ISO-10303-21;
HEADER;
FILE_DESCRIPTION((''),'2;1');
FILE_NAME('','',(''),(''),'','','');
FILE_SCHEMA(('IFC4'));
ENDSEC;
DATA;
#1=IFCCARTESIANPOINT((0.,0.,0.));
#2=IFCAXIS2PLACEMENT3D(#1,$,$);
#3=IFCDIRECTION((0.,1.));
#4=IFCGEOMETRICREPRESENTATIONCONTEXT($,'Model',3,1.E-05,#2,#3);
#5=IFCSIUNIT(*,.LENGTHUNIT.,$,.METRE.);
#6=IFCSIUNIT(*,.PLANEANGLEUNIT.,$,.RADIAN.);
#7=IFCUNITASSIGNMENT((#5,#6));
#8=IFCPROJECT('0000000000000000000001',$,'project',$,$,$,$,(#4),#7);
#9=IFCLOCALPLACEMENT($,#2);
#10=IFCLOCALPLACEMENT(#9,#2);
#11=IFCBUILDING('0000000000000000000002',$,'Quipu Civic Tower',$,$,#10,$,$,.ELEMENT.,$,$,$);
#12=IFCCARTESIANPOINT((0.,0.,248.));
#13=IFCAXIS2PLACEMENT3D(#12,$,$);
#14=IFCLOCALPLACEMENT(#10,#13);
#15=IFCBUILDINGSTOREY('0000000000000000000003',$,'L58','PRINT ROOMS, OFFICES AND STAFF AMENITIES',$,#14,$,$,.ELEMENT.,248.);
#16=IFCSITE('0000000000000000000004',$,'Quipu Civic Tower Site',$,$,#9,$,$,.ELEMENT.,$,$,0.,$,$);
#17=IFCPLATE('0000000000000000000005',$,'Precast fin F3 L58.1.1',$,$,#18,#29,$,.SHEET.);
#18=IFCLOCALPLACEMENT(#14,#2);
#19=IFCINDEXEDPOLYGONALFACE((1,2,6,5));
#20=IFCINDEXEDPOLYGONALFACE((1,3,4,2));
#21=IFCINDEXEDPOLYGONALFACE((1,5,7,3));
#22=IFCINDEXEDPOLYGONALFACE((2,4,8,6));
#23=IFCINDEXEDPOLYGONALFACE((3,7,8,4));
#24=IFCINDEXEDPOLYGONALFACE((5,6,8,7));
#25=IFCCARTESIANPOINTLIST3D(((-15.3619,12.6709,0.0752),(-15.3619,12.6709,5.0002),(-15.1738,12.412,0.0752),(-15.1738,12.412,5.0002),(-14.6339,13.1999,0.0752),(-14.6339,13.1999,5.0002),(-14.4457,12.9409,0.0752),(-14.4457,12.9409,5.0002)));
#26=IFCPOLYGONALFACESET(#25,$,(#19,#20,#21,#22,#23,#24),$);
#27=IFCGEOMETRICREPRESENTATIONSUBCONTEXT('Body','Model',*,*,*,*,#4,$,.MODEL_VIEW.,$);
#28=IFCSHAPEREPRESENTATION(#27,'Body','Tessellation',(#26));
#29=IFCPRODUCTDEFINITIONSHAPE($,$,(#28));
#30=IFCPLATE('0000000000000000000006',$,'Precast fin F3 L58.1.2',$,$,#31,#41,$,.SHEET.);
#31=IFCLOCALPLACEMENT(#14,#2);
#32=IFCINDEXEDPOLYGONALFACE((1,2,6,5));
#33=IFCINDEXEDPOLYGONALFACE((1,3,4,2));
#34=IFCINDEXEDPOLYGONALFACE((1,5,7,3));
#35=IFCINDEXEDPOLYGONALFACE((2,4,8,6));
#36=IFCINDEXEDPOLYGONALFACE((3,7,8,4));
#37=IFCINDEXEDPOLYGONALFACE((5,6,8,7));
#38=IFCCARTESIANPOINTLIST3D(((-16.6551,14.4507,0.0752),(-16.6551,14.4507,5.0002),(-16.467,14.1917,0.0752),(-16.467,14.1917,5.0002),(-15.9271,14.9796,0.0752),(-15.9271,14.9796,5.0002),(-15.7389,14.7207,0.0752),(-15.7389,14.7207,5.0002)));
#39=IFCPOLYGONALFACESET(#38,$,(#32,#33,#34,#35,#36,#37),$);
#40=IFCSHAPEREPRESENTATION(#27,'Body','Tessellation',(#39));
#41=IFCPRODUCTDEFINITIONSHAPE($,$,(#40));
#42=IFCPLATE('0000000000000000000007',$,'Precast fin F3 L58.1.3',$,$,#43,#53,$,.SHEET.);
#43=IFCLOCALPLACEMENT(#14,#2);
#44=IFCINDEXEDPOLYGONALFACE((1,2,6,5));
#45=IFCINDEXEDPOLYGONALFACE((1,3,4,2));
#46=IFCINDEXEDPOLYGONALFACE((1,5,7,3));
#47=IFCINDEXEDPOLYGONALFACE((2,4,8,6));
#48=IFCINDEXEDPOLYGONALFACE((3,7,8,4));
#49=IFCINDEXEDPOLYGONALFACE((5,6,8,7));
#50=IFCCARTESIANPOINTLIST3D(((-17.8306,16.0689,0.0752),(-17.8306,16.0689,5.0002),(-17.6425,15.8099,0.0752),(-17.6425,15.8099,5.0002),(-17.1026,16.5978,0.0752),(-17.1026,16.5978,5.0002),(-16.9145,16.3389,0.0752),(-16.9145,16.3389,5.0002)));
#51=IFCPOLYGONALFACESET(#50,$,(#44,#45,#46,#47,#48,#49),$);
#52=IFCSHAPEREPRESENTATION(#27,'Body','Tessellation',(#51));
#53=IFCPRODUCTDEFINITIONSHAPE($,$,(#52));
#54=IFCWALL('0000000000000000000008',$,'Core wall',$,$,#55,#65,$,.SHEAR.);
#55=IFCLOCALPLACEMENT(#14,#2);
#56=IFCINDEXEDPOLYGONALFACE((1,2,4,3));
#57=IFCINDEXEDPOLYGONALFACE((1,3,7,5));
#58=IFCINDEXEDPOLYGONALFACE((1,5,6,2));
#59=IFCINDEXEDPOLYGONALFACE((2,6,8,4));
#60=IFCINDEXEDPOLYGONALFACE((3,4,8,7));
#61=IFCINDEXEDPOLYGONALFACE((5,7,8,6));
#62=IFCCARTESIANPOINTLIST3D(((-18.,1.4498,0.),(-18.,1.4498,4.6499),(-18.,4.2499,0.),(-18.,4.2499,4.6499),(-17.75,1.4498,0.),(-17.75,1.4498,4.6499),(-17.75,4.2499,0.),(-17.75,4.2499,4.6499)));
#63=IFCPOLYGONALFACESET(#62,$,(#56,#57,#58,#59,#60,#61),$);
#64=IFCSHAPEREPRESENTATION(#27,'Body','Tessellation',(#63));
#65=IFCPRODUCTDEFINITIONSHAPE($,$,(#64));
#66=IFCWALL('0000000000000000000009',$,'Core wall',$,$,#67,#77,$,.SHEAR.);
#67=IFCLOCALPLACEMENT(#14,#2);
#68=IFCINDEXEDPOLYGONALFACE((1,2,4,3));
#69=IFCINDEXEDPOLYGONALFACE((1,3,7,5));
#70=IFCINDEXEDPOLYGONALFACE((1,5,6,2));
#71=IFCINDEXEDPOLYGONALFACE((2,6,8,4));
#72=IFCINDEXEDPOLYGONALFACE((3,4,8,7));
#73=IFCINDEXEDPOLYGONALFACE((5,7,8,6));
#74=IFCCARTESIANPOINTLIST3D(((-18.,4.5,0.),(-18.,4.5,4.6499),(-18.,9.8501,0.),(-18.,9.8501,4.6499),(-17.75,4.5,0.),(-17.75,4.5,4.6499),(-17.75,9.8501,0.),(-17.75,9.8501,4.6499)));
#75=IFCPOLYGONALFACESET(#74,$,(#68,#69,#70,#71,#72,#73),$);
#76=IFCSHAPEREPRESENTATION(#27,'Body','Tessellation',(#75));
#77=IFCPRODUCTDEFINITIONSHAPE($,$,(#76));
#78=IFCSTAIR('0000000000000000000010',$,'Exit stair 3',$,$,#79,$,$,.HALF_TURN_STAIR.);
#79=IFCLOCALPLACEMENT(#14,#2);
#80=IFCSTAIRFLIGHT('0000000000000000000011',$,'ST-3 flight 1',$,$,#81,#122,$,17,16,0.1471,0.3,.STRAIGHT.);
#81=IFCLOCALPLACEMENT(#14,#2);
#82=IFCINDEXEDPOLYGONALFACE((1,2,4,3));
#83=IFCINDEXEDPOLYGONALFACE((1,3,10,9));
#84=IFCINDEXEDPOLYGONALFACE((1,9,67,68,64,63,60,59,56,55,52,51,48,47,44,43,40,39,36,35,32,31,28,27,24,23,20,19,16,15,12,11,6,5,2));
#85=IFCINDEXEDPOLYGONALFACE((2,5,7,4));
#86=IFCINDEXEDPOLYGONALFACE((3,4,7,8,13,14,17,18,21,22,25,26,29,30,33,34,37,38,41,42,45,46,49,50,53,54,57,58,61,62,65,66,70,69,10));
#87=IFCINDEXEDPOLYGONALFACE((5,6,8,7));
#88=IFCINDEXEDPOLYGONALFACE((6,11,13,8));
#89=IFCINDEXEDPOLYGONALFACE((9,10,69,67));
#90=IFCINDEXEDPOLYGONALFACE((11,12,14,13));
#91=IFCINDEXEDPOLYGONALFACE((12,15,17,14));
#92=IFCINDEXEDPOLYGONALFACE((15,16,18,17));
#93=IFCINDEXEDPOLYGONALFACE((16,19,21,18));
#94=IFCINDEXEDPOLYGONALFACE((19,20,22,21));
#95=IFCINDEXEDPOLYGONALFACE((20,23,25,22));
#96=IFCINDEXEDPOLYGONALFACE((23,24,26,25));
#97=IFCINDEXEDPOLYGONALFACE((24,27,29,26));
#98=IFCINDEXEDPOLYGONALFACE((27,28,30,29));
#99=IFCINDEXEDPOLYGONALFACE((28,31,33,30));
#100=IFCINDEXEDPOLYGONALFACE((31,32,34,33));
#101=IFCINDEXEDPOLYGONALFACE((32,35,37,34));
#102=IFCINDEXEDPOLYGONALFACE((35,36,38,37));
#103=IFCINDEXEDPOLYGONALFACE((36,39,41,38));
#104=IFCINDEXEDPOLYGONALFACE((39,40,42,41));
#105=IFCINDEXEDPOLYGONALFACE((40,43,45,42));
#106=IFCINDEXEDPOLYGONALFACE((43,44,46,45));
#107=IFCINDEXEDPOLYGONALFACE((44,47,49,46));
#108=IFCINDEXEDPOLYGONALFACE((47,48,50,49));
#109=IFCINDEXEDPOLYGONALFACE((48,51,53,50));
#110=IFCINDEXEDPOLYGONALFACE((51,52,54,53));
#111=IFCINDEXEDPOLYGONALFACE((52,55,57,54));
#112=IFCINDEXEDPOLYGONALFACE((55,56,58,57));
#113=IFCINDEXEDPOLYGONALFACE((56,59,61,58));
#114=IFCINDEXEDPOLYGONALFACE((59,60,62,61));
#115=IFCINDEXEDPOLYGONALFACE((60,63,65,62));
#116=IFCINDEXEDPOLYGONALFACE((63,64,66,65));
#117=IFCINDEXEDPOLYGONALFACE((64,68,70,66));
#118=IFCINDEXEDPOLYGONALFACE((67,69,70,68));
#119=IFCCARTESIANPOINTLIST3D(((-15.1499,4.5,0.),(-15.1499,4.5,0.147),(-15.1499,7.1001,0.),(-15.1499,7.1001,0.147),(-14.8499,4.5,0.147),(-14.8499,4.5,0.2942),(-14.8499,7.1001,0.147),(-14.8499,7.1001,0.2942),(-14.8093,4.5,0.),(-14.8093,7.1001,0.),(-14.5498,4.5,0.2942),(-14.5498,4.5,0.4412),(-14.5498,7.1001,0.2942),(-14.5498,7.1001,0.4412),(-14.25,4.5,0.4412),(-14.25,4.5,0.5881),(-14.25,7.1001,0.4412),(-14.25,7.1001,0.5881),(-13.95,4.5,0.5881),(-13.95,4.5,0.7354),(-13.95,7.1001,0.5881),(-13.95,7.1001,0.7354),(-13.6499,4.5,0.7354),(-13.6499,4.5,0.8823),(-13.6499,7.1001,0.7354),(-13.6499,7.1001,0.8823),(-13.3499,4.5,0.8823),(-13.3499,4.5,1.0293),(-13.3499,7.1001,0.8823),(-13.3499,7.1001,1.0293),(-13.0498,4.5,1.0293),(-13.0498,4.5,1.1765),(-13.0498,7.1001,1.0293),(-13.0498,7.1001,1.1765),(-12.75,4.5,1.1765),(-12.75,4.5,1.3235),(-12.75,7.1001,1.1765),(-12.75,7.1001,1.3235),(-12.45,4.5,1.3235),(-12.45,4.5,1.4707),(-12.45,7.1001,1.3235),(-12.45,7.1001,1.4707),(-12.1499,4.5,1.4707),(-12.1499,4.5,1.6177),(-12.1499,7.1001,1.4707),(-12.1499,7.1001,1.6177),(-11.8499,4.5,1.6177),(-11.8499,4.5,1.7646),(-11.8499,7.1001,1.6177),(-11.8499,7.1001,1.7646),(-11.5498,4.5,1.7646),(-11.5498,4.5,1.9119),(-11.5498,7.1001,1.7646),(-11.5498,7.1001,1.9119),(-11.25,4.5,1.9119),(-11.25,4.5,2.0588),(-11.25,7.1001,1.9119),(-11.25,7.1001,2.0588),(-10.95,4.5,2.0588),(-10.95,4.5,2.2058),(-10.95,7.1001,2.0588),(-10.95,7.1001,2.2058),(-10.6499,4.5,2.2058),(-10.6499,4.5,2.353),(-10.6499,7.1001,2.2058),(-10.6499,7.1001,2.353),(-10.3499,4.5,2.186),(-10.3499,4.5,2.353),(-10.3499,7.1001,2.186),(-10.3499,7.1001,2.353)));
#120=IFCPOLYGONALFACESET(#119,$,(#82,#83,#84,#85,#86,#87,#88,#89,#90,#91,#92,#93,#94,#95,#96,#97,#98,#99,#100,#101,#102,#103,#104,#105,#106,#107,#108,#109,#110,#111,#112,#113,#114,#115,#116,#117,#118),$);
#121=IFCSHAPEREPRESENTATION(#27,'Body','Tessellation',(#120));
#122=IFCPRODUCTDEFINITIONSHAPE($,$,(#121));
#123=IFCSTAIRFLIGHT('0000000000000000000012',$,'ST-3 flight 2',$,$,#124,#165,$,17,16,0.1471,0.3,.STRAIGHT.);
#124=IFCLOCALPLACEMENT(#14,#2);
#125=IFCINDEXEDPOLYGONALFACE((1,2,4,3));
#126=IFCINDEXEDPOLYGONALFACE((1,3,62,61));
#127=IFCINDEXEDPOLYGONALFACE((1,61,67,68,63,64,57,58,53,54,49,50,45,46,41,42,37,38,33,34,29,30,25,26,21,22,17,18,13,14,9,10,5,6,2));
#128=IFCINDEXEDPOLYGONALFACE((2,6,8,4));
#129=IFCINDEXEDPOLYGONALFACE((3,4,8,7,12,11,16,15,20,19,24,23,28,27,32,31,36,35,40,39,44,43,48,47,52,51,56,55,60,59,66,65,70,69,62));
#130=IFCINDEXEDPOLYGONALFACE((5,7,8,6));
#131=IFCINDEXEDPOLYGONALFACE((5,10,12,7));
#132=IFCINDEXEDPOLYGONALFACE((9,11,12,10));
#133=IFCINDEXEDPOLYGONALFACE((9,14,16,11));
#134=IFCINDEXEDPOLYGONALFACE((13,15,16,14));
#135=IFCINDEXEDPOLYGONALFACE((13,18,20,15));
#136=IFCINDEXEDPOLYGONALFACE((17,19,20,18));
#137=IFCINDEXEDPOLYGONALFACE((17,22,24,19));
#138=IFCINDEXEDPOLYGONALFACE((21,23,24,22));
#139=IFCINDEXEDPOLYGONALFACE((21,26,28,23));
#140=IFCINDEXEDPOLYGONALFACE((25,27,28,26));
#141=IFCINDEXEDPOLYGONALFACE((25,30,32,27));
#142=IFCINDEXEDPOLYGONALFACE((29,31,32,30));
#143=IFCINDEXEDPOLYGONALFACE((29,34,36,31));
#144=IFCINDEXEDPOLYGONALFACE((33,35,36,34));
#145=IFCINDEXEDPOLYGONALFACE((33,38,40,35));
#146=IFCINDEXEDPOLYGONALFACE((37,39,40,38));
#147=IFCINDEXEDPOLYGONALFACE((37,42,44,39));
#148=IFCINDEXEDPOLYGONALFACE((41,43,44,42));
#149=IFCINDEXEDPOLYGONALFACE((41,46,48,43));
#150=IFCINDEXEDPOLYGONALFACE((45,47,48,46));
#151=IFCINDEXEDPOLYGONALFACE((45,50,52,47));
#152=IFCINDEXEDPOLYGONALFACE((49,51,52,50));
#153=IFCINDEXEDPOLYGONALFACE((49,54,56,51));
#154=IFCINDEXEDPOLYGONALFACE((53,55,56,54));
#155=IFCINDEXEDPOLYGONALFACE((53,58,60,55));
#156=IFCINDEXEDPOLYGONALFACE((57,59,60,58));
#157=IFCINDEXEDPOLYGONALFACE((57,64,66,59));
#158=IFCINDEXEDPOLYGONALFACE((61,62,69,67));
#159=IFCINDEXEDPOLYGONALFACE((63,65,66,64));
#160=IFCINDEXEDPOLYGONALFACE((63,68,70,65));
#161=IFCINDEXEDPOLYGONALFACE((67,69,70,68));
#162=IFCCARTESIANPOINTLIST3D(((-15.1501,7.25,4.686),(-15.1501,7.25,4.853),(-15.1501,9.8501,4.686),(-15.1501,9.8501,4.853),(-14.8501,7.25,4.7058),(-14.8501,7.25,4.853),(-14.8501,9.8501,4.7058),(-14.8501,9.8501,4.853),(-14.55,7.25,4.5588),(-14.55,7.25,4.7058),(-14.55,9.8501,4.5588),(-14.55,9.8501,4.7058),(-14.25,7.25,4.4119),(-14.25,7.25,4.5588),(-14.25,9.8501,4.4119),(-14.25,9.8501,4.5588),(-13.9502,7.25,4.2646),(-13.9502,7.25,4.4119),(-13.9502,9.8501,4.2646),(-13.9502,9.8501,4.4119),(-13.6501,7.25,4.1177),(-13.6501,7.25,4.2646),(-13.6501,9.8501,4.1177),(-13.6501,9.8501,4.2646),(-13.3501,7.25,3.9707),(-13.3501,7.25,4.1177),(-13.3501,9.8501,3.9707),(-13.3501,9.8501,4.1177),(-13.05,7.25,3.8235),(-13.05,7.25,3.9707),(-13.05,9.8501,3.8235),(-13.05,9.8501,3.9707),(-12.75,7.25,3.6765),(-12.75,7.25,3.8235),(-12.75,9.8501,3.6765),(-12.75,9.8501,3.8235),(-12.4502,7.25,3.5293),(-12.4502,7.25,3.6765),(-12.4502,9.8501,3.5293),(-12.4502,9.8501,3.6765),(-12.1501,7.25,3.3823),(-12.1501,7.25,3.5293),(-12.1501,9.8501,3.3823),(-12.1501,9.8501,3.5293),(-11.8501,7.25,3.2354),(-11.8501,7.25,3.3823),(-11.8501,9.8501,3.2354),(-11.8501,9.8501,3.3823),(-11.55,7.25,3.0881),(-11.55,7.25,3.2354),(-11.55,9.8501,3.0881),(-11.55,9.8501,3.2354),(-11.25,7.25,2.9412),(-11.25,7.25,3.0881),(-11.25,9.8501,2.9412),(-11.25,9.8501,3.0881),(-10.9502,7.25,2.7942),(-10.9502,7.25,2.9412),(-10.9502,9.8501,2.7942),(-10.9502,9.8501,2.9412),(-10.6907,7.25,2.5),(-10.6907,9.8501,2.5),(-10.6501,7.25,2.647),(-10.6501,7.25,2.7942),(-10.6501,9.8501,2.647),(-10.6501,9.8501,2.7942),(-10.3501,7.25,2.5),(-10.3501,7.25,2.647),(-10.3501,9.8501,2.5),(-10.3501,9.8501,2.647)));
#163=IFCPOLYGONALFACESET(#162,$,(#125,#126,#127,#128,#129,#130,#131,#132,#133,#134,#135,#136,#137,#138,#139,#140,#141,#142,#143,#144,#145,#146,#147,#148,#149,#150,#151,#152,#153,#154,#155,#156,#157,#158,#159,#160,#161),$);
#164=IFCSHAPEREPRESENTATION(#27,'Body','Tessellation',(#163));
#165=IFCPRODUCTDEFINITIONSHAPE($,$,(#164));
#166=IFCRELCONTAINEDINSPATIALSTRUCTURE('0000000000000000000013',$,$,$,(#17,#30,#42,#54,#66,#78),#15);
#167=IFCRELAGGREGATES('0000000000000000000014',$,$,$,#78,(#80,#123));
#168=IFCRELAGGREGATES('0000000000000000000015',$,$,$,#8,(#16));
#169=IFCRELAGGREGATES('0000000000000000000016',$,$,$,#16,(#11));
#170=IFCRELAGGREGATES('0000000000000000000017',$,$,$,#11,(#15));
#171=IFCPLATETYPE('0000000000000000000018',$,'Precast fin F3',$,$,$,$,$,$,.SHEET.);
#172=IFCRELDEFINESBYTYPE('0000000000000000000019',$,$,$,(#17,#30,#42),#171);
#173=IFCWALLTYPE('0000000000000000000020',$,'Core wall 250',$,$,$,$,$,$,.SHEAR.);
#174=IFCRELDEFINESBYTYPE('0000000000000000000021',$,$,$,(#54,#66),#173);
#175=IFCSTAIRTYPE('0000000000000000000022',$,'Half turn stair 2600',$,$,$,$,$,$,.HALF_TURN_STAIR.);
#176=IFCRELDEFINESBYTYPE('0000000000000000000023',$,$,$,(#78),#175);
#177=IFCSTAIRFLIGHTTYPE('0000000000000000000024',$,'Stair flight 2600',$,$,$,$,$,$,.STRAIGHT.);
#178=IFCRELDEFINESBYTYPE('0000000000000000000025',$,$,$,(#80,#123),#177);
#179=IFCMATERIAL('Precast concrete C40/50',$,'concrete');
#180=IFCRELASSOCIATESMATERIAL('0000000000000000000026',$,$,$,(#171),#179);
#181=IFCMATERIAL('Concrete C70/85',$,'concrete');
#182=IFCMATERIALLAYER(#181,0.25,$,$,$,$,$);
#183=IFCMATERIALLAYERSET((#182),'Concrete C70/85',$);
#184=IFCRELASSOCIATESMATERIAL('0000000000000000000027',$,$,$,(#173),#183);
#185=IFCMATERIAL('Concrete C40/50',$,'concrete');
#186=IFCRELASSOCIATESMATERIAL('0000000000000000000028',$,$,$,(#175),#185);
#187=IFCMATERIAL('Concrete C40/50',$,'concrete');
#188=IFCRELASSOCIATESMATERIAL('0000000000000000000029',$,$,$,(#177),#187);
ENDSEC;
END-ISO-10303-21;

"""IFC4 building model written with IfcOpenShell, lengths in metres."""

from ifc_helpers import new_model, si_unit, direction, frame, frame_2d, origin, origin_2d, place, context, subcontext, project, spatial, polyline, rectangle, outline, extrude, material, layer, layer_set, type_object, element, aggregate, save


model = new_model("IFC4")

# Units and contexts
model_context = context("Model", 3, precision=1e-05, world=origin(), true_north=direction((0.0, 1.0)))
body_context = subcontext(model_context, "Body", "Model", "MODEL_VIEW")
ifc_project = project(units=[si_unit("LENGTHUNIT", "METRE"), si_unit("PLANEANGLEUNIT", "RADIAN")], contexts=[model_context])

# Site, building, storey
site_placement = place(None, origin())
site = spatial("IfcSite", under=ifc_project, at=site_placement, Name="Quipu Civic Tower Site", CompositionType="ELEMENT", RefElevation=0.0)
building_placement = place(site_placement, origin())
building = spatial("IfcBuilding", under=site, at=building_placement, Name="Quipu Civic Tower", CompositionType="ELEMENT")
storey_placement = place(building_placement, frame((0.0, 0.0, 248.0)))
storey = spatial("IfcBuildingStorey", under=building, at=storey_placement, Name="L58", Description="PRINT ROOMS, OFFICES AND STAFF AMENITIES", CompositionType="ELEMENT", Elevation=248.0)

# Plates
ifc_material_1 = material(Name="Precast concrete C40/50", Category="concrete")
plate_type_1 = type_object("IfcPlateType", Name="Precast fin F3", PredefinedType="SHEET", material=ifc_material_1)
for number, where, z_axis, x_axis, name in (
    (1, (-14.9038, 12.8059, 0.0752), (0.0, 0.0, 1.0), (-0.587784, 0.809018, 0.0), "Precast fin F3 L58.1.1"),
    (2, (-16.197, 14.5857, 0.0752), (0.0, 0.0, 1.0), (-0.587784, 0.809018, 0.0), "Precast fin F3 L58.1.2"),
    (3, (-17.3726, 16.2039, 0.0752), (0.0, 0.0, 1.0), (-0.587784, 0.809018, 0.0), "Precast fin F3 L58.1.3"),
):
    element("IfcPlate", number, at=place(storey_placement, frame(where, z_axis=z_axis, x_axis=x_axis)), inside=storey, type_object=plate_type_1, Name=name, PredefinedType="SHEET", context=body_context, shape_type="SweptSolid", body=[
        extrude(rectangle(XDim=0.3201, YDim=0.8999, at=origin_2d()), origin(), (0.0, 0.0, 1.0), 4.925),
    ])

# Walls
ifc_material_2 = material(Name="Concrete C70/85", Category="concrete")
ifc_layer_1 = layer(ifc_material_2, 0.25)
ifc_layer_set_1 = layer_set([ifc_layer_1], Name="Concrete C70/85")
wall_type = type_object("IfcWallType", Name="Core wall 250", PredefinedType="SHEAR", material=ifc_layer_set_1)
wall_1_placement = place(storey_placement, frame((-17.875, 1.45, 0.0), z_axis=(0.0, 0.0, 1.0), x_axis=(0.0, 1.0, 0.0)))
element("IfcWall", 4, at=wall_1_placement, inside=storey, type_object=wall_type, Name="Core wall", PredefinedType="SHEAR", context=body_context, shape_type="SweptSolid", body=[
    extrude(rectangle(XDim=2.8, YDim=0.25, at=frame_2d((1.3999, 0.0))), origin(), (0.0, 0.0, 1.0), 4.6499),
])
wall_2_placement = place(storey_placement, frame((-17.875, 4.5, 0.0), z_axis=(0.0, 0.0, 1.0), x_axis=(0.0, 1.0, 0.0)))
element("IfcWall", 5, at=wall_2_placement, inside=storey, type_object=wall_type, Name="Core wall", PredefinedType="SHEAR", context=body_context, shape_type="SweptSolid", body=[
    extrude(rectangle(XDim=5.3501, YDim=0.25, at=frame_2d((2.675, 0.0))), origin(), (0.0, 0.0, 1.0), 4.6499),
])

# Stair, stair flights
ifc_material_3 = material(Name="Concrete C40/50", Category="concrete")
stair_type = type_object("IfcStairType", Name="Half turn stair 2600", PredefinedType="HALF_TURN_STAIR", material=ifc_material_3)
stair_placement = place(storey_placement, origin())
stair = element("IfcStair", 6, at=stair_placement, inside=storey, type_object=stair_type, Name="Exit stair 3", PredefinedType="HALF_TURN_STAIR")
ifc_material_4 = material(Name="Concrete C40/50", Category="concrete")
stair_flight_type = type_object("IfcStairFlightType", Name="Stair flight 2600", PredefinedType="STRAIGHT", material=ifc_material_4)
stair_flight_1_placement = place(storey_placement, frame((-15.1499, 5.8, 0.0), z_axis=(0.0, 0.0, 1.0), x_axis=(1.0, 0.0, 0.0)))
stair_flight_1 = element("IfcStairFlight", 7, at=stair_flight_1_placement, type_object=stair_flight_type, Name="ST-3 flight 1", NumberOfRisers=17, NumberOfTreads=16, PredefinedType="STRAIGHT", RiserHeight=0.1471, TreadLength=0.3, context=body_context, shape_type="SweptSolid", body=[
    extrude(outline(polyline([(0.0, 0.0), (0.0, 0.147), (0.3, 0.147), (0.3, 0.2942), (0.6001, 0.2942), (0.6001, 0.4412), (0.8999, 0.4412), (0.8999, 0.5881), (1.2, 0.5881), (1.2, 0.7354), (1.5, 0.7354), (1.5, 0.8823), (1.8, 0.8823), (1.8, 1.0293), (2.1001, 1.0293), (2.1001, 1.1765), (2.3999, 1.1765), (2.3999, 1.3235), (2.7, 1.3235), (2.7, 1.4707), (3.0, 1.4707), (3.0, 1.6177), (3.3, 1.6177), (3.3, 1.7646), (3.6001, 1.7646), (3.6001, 1.9119), (3.8999, 1.9119), (3.8999, 2.0588), (4.2, 2.0588), (4.2, 2.2058), (4.5, 2.2058), (4.5, 2.353), (4.8, 2.353), (4.8, 2.5), (4.8, 2.186), (0.3406, 0.0), (0.0, 0.0)])), frame((0.0, 1.3, 0.0), z_axis=(0.0, -1.0, 0.0), x_axis=(1.0, 0.0, 0.0)), (0.0, 0.0, 1.0), 2.6001),
])
stair_flight_2_placement = place(storey_placement, frame((-10.3501, 8.55, 2.5), z_axis=(0.0, 0.0, 1.0), x_axis=(-1.0, 0.0, 0.0)))
stair_flight_2 = element("IfcStairFlight", 8, at=stair_flight_2_placement, type_object=stair_flight_type, Name="ST-3 flight 2", NumberOfRisers=17, NumberOfTreads=16, PredefinedType="STRAIGHT", RiserHeight=0.1471, TreadLength=0.3, context=body_context, shape_type="SweptSolid", body=[
    extrude(outline(polyline([(0.0, 0.0), (0.0, 0.147), (0.3, 0.147), (0.3, 0.2942), (0.6001, 0.2942), (0.6001, 0.4412), (0.8999, 0.4412), (0.8999, 0.5881), (1.2, 0.5881), (1.2, 0.7354), (1.5, 0.7354), (1.5, 0.8823), (1.8, 0.8823), (1.8, 1.0293), (2.1001, 1.0293), (2.1001, 1.1765), (2.3999, 1.1765), (2.3999, 1.3235), (2.7, 1.3235), (2.7, 1.4707), (3.0, 1.4707), (3.0, 1.6177), (3.3, 1.6177), (3.3, 1.7646), (3.6001, 1.7646), (3.6001, 1.9119), (3.8999, 1.9119), (3.8999, 2.0588), (4.2, 2.0588), (4.2, 2.2058), (4.5, 2.2058), (4.5, 2.353), (4.8, 2.353), (4.8, 2.5), (4.8, 2.186), (0.3406, 0.0), (0.0, 0.0)])), frame((0.0, 1.3, 0.0), z_axis=(0.0, -1.0, 0.0), x_axis=(1.0, 0.0, 0.0)), (0.0, 0.0, 1.0), 2.6001),
])
aggregate(stair, [stair_flight_1, stair_flight_2])

save(model, "model.ifc")
